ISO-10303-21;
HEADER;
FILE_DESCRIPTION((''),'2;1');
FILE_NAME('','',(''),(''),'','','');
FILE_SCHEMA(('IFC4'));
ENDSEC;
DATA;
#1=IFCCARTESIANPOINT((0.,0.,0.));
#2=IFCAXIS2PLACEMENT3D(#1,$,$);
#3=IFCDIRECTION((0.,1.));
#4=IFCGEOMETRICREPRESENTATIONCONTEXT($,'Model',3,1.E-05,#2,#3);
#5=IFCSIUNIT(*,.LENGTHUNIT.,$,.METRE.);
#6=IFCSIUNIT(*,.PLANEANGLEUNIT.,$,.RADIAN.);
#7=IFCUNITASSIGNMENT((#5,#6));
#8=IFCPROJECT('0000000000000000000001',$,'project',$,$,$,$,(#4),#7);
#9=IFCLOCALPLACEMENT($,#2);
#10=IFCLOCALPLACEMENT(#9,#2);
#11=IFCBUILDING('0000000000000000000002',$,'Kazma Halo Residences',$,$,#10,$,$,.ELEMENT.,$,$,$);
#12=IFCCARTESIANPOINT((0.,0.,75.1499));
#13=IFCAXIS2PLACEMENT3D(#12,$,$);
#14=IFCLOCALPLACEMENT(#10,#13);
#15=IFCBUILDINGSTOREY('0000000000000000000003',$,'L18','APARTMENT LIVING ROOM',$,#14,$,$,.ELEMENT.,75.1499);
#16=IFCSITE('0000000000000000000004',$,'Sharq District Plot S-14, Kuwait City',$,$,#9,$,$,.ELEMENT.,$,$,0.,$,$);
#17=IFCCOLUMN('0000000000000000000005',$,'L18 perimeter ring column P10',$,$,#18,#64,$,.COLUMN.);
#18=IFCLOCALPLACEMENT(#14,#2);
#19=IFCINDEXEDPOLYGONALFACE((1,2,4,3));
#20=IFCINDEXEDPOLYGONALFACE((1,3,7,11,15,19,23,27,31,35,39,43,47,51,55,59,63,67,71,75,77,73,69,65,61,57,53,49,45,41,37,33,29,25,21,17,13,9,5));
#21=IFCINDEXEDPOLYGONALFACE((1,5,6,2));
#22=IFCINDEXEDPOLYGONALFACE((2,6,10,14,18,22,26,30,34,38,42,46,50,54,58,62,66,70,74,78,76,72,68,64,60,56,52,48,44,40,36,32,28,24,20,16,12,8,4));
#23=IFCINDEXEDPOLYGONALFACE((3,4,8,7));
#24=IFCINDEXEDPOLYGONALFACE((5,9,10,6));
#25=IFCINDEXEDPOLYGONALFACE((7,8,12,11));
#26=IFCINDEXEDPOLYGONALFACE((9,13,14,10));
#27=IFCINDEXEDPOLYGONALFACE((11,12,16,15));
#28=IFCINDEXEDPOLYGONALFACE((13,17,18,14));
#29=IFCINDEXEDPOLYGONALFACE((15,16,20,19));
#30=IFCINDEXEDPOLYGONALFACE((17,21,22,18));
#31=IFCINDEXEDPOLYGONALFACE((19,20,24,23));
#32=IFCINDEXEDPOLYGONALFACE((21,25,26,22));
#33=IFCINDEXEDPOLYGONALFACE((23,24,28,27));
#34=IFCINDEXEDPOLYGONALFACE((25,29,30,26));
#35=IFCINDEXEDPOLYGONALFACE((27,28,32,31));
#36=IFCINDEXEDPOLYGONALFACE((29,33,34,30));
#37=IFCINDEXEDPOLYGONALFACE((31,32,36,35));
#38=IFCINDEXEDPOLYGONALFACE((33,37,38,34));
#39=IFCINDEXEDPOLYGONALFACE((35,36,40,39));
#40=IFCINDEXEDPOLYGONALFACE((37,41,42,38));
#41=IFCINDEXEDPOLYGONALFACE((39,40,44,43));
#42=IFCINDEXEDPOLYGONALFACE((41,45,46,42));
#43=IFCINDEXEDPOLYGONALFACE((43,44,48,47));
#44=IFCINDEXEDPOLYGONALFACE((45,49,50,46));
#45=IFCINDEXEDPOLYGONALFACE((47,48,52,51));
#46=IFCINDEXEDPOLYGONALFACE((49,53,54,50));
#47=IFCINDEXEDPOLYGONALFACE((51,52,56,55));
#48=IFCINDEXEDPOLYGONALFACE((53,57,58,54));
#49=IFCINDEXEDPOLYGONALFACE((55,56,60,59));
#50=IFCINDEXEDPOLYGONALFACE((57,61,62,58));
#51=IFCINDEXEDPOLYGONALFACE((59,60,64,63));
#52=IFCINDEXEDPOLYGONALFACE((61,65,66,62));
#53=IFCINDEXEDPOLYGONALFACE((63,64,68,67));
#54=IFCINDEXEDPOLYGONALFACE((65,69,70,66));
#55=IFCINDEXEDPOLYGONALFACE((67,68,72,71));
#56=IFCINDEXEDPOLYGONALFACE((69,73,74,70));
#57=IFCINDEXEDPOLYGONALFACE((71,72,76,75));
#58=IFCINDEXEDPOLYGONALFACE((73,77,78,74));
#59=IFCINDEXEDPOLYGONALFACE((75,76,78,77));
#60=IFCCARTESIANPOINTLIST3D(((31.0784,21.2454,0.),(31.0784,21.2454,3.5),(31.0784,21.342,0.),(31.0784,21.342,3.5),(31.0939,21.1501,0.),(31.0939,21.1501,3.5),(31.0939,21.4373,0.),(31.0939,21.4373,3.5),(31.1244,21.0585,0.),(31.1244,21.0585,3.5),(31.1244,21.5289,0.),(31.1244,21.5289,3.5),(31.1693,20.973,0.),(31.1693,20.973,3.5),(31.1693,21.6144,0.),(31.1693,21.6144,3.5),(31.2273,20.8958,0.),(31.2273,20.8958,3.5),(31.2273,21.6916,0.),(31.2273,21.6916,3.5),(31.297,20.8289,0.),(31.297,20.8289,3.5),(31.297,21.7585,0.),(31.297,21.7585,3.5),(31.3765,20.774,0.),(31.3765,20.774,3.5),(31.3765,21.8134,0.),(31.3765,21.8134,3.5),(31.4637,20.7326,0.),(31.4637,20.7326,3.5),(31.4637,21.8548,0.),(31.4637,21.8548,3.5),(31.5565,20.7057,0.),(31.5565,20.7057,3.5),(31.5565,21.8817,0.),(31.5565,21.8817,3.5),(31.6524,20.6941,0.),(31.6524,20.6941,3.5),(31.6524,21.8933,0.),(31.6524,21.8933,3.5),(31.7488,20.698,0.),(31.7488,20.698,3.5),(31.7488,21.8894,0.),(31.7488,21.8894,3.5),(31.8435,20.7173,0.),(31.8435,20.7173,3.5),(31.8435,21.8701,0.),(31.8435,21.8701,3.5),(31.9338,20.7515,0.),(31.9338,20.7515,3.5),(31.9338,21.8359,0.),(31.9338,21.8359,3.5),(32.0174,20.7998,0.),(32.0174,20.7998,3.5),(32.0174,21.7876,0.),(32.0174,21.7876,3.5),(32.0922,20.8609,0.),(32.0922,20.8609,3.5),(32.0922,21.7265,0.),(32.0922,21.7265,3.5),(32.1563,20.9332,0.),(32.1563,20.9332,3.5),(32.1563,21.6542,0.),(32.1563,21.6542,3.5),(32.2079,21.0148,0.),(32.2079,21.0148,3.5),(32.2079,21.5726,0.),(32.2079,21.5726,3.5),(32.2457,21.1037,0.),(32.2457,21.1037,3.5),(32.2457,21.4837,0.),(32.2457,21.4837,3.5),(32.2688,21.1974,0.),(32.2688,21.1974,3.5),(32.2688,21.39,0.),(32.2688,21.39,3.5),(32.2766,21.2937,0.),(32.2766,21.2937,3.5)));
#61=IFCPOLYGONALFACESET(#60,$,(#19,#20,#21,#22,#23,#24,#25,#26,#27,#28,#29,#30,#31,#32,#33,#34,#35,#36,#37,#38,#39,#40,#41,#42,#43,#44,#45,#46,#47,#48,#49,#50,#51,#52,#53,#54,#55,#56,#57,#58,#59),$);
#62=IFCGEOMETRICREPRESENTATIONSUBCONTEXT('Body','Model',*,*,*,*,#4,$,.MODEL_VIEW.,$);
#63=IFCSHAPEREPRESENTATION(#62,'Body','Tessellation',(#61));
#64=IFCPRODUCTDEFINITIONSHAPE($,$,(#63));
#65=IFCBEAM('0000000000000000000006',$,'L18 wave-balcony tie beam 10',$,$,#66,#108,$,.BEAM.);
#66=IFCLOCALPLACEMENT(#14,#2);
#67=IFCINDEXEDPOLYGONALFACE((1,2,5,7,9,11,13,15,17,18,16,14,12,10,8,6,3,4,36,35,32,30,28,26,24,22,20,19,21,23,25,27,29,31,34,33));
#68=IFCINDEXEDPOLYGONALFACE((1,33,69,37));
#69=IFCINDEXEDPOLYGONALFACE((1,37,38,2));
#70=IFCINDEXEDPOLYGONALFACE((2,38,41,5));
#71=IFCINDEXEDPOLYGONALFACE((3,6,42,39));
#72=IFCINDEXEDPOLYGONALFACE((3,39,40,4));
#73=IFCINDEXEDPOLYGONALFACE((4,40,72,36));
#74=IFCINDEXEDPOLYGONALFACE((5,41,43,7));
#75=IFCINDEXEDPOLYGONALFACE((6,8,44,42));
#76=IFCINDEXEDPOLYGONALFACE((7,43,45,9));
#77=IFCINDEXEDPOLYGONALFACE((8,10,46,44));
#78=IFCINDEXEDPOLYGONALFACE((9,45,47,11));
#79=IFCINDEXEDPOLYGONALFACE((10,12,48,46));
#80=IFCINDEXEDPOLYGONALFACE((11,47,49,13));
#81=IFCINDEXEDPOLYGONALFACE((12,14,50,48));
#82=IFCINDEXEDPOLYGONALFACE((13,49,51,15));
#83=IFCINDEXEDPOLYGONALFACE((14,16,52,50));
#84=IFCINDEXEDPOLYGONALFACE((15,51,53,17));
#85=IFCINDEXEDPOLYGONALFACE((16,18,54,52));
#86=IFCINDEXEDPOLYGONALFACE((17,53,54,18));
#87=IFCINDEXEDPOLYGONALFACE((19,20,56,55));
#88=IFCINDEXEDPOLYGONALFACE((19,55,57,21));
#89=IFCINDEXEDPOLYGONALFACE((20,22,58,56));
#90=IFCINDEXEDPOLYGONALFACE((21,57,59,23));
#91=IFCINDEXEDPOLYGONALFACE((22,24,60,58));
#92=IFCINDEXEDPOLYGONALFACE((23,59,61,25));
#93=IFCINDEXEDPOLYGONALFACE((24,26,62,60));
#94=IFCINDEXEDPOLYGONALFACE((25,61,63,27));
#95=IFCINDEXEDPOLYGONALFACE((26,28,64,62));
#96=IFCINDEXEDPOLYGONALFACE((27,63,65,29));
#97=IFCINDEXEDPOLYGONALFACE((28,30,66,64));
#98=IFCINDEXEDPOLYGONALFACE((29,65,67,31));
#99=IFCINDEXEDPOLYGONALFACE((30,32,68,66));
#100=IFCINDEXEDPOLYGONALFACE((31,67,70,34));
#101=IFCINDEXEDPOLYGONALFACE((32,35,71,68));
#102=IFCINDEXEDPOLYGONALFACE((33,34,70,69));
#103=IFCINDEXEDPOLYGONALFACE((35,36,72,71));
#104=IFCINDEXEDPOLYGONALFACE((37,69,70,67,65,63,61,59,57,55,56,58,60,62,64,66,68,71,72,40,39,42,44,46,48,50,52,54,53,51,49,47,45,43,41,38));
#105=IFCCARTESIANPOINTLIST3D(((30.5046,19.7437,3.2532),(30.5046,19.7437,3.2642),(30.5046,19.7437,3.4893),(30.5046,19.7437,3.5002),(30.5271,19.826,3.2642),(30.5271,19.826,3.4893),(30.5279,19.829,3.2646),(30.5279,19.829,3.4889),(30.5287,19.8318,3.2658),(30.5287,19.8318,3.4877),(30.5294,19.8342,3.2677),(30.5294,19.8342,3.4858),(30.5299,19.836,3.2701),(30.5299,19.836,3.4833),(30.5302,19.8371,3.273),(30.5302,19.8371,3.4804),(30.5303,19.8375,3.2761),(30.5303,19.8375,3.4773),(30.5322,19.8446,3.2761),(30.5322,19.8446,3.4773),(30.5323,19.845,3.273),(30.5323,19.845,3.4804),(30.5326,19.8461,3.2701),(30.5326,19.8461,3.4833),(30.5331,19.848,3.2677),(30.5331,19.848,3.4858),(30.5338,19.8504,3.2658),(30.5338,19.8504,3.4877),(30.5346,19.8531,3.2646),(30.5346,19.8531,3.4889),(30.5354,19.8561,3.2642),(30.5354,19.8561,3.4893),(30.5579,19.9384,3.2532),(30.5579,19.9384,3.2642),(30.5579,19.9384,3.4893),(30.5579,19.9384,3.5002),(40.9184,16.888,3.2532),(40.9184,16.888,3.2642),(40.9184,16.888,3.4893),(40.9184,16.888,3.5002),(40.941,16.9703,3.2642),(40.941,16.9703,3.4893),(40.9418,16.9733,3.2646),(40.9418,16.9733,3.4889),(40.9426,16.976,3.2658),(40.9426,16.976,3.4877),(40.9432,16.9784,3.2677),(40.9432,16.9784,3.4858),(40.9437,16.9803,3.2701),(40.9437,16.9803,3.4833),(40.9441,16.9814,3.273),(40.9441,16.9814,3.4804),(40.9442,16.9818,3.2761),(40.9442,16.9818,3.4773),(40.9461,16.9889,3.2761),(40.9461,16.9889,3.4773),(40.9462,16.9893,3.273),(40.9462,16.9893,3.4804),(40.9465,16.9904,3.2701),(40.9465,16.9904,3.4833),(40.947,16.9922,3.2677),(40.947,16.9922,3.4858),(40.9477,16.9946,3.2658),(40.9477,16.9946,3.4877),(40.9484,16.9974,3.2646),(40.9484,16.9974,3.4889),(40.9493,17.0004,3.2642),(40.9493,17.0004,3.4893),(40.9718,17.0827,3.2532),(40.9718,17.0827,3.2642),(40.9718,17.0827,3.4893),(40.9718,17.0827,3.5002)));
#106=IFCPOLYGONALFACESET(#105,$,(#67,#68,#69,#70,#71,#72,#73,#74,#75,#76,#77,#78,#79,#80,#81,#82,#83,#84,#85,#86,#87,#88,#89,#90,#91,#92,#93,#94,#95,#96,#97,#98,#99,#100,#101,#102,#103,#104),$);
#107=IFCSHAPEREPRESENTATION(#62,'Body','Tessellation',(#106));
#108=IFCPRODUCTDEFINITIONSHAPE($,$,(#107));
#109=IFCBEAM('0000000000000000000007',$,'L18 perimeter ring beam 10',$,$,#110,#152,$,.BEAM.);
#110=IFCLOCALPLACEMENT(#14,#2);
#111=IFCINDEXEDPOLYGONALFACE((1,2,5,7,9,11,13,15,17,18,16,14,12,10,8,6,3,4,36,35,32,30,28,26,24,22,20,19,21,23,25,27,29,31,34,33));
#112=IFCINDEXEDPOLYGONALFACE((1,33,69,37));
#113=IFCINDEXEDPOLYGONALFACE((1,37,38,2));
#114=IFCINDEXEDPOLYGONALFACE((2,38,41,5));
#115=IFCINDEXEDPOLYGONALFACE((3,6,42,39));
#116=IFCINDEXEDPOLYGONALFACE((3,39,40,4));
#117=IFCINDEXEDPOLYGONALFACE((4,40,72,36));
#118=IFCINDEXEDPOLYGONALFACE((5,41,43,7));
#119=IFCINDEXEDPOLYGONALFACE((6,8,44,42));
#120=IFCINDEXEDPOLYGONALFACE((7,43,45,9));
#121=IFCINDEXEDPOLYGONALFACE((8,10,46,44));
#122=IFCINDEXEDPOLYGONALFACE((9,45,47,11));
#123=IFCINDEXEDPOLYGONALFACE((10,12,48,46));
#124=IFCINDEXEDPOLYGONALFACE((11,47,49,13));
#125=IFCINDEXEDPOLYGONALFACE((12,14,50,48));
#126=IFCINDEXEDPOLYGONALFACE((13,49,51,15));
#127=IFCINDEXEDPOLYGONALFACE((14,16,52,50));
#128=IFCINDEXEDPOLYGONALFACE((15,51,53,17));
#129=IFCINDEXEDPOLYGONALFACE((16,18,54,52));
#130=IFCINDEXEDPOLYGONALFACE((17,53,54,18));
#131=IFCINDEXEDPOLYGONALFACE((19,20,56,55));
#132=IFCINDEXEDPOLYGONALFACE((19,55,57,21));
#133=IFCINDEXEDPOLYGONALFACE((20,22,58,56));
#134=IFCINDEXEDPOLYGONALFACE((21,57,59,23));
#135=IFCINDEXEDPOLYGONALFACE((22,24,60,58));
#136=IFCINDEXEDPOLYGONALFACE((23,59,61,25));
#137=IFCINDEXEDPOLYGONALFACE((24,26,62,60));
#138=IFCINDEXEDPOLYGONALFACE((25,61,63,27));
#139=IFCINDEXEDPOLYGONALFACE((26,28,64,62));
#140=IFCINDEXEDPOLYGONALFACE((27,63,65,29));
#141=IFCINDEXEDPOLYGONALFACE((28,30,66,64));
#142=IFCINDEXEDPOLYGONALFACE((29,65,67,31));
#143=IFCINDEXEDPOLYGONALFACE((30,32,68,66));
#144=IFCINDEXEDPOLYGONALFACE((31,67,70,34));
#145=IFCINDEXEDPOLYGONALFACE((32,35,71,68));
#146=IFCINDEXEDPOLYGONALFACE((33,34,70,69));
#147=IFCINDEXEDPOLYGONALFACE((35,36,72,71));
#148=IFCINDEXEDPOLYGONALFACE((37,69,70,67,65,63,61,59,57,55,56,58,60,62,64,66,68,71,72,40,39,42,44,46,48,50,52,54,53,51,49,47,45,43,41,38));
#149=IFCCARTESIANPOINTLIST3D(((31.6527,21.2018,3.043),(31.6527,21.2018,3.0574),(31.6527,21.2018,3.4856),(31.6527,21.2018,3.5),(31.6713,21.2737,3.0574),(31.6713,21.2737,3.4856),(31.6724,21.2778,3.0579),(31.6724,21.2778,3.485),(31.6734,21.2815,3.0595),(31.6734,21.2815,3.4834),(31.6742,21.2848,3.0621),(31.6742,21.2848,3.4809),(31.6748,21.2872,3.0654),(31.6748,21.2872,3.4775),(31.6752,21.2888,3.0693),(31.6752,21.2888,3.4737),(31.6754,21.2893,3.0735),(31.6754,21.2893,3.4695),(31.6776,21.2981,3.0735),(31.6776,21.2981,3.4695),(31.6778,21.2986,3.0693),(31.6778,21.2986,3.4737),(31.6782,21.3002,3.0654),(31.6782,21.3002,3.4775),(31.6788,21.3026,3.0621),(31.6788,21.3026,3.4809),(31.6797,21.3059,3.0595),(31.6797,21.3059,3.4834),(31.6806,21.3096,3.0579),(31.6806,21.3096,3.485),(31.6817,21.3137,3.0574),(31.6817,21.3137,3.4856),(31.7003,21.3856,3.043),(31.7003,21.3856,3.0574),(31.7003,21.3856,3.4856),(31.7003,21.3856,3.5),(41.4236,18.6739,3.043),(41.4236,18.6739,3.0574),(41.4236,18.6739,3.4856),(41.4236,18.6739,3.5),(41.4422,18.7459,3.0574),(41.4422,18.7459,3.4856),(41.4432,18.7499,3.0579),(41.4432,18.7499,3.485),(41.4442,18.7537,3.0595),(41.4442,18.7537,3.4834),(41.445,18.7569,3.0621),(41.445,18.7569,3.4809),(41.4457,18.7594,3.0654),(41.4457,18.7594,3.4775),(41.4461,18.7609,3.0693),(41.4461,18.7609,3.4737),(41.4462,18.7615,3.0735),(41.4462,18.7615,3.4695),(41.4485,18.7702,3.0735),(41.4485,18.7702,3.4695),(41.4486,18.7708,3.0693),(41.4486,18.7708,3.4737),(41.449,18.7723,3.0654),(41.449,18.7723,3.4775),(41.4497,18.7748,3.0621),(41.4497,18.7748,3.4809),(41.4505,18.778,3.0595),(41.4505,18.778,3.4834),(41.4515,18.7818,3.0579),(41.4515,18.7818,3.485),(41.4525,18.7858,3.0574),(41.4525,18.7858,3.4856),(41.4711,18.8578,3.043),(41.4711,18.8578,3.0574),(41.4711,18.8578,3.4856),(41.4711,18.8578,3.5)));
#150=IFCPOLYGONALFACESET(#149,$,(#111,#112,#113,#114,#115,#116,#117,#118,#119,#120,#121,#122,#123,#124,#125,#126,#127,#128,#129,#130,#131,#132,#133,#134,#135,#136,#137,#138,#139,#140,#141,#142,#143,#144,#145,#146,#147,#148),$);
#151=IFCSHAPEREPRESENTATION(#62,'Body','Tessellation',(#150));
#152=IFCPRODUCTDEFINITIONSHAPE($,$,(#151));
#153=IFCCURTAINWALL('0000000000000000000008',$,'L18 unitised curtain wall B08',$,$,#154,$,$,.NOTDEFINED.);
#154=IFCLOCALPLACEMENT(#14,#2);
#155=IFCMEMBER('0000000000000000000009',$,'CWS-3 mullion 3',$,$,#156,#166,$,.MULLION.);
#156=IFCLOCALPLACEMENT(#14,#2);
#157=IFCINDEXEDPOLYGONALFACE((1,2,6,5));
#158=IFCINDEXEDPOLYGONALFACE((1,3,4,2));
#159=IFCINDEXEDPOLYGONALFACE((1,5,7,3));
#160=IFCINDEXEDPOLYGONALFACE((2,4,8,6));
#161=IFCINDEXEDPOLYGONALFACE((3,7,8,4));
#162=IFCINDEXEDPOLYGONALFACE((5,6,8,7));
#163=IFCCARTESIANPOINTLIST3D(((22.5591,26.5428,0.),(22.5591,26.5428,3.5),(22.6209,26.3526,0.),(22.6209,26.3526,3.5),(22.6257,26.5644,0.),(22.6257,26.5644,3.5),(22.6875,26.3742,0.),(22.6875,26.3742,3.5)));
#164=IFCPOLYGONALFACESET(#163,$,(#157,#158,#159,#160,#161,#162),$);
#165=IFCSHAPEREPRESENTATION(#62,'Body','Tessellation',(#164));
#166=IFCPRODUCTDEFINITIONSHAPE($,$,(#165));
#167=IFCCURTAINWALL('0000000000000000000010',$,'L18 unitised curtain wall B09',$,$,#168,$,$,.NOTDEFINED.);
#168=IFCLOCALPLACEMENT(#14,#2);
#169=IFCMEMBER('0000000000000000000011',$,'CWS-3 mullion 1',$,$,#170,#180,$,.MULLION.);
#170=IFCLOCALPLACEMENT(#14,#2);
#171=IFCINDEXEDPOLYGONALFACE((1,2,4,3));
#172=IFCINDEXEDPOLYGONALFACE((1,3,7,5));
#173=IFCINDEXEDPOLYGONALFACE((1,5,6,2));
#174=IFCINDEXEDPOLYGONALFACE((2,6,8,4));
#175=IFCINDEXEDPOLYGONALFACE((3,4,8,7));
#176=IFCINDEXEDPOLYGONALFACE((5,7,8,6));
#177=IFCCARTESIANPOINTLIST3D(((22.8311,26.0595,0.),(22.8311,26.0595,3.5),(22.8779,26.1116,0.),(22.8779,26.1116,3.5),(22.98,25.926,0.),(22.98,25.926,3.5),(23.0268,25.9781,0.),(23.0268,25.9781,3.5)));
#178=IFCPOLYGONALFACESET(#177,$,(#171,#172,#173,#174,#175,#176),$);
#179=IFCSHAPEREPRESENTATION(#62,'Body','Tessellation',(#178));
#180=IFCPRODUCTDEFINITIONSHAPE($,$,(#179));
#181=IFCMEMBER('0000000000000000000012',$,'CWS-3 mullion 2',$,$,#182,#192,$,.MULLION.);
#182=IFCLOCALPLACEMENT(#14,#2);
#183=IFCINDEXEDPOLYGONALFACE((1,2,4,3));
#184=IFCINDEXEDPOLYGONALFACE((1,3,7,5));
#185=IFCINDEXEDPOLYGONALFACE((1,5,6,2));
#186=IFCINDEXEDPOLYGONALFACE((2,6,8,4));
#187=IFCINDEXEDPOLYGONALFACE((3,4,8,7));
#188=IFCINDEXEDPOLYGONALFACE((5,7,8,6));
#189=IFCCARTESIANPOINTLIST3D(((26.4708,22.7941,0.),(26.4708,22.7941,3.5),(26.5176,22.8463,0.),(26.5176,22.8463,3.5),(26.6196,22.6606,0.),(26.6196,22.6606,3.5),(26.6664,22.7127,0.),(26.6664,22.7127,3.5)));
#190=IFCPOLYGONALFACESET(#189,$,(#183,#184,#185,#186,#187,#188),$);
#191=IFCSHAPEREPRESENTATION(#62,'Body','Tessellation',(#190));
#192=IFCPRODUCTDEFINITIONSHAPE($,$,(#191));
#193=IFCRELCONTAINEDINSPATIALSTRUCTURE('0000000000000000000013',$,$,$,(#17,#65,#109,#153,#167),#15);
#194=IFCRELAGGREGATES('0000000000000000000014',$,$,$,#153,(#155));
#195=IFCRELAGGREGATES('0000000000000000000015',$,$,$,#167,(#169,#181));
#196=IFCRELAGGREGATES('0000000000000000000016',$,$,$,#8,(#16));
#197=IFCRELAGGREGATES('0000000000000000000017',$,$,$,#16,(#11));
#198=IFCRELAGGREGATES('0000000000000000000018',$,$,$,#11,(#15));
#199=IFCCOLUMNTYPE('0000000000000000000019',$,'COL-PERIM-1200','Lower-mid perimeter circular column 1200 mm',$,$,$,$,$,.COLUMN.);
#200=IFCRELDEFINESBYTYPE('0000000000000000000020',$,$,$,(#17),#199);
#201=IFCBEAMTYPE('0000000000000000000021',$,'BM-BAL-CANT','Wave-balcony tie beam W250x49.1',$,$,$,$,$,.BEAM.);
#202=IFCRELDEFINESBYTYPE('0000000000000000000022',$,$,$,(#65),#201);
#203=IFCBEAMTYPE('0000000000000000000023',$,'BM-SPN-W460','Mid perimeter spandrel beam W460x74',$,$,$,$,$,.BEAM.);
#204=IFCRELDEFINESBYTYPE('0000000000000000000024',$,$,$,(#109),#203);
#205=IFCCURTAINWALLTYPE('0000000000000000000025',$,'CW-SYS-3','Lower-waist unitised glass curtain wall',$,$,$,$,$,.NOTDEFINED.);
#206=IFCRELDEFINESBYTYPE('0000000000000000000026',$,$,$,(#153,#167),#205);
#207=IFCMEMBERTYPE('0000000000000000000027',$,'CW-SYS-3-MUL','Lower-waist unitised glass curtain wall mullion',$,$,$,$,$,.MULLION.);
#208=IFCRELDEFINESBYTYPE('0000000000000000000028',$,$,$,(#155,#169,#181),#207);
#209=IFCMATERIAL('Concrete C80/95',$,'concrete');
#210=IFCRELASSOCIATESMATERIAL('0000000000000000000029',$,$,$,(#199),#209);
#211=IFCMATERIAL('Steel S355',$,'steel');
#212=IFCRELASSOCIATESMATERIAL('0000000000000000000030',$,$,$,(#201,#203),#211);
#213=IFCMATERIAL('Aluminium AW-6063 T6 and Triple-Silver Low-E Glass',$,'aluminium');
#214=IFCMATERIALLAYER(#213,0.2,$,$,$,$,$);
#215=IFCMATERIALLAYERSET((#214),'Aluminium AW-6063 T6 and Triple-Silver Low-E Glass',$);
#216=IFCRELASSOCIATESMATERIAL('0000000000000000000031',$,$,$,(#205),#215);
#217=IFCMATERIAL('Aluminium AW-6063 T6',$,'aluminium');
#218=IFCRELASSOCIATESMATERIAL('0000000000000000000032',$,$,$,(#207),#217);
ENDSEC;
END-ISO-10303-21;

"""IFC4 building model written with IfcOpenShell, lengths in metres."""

from ifc_helpers import new_model, si_unit, direction, frame, origin, origin_2d, place, context, subcontext, project, spatial, rectangle, circle, i_section, extrude, material, layer, layer_set, material_profile, profile_set, type_object, element, aggregate, save


model = new_model("IFC4")

# Units and contexts
model_context = context("Model", 3, precision=1e-05, world=origin(), true_north=direction((0.0, 1.0)))
body_context = subcontext(model_context, "Body", "Model", "MODEL_VIEW")
ifc_project = project(units=[si_unit("LENGTHUNIT", "METRE"), si_unit("PLANEANGLEUNIT", "RADIAN")], contexts=[model_context])

# Site, building, storey
site_placement = place(None, origin())
site = spatial("IfcSite", under=ifc_project, at=site_placement, Name="Sharq District Plot S-14, Kuwait City", CompositionType="ELEMENT", RefElevation=0.0)
building_placement = place(site_placement, origin())
building = spatial("IfcBuilding", under=site, at=building_placement, Name="Kazma Halo Residences", CompositionType="ELEMENT")
storey_placement = place(building_placement, frame((0.0, 0.0, 75.1499)))
storey = spatial("IfcBuildingStorey", under=building, at=storey_placement, Name="L18", Description="APARTMENT LIVING ROOM", CompositionType="ELEMENT", Elevation=75.1499)

# Column
ifc_material_1 = material(Name="Concrete C80/95", Category="concrete")
ifc_material_profile_1 = material_profile(ifc_material_1, circle(Radius=0.6001, at=origin_2d()), Name="CIRC1200")
ifc_profile_set_1 = profile_set([ifc_material_profile_1], Name="Concrete C80/95")
column_type = type_object("IfcColumnType", Name="COL-PERIM-1200", Description="Lower-mid perimeter circular column 1200 mm", PredefinedType="COLUMN", material=ifc_profile_set_1)
column_placement = place(storey_placement, frame((31.6765, 21.2937, 0.0), z_axis=(0.0, 0.0, 1.0), x_axis=(1.0, 0.0, 0.0)))
element("IfcColumn", 1, at=column_placement, inside=storey, type_object=column_type, Name="L18 perimeter ring column P10", PredefinedType="COLUMN", context=body_context, shape_type="SweptSolid", body=[
    extrude(circle(Radius=0.6001, at=origin_2d()), origin(), (0.0, 0.0, 1.0), 3.5),
])

# Beams
ifc_material_2 = material(Name="Steel S355", Category="steel")
ifc_material_profile_2 = material_profile(ifc_material_2, i_section(OverallWidth=0.2019, OverallDepth=0.2471, WebThickness=0.0073, FlangeThickness=0.011, FilletRadius=0.012, at=origin_2d()), Name="W250x49.1")
ifc_profile_set_2 = profile_set([ifc_material_profile_2], Name="Steel S355")
beam_type_1 = type_object("IfcBeamType", Name="BM-BAL-CANT", Description="Wave-balcony tie beam W250x49.1", PredefinedType="BEAM", material=ifc_profile_set_2)
beam_1_placement = place(storey_placement, frame((30.5312, 19.8411, 3.3767), z_axis=(0.964397, -0.26446, 0.0), x_axis=(0.26446, 0.964397, 0.0)))
element("IfcBeam", 2, at=beam_1_placement, inside=storey, type_object=beam_type_1, Name="L18 wave-balcony tie beam 10", PredefinedType="BEAM", context=body_context, shape_type="SweptSolid", body=[
    extrude(i_section(OverallWidth=0.2019, OverallDepth=0.2471, WebThickness=0.0073, FlangeThickness=0.011, FilletRadius=0.012, at=origin_2d()), origin(), (0.0, 0.0, 1.0), 10.7983),
])
ifc_material_profile_3 = material_profile(ifc_material_2, i_section(OverallWidth=0.1899, OverallDepth=0.457, WebThickness=0.009, FlangeThickness=0.0144, FilletRadius=0.0161, at=origin_2d()), Name="W460x74")
ifc_profile_set_3 = profile_set([ifc_material_profile_3], Name="Steel S355")
beam_type_2 = type_object("IfcBeamType", Name="BM-SPN-W460", Description="Mid perimeter spandrel beam W460x74", PredefinedType="BEAM", material=ifc_profile_set_3)
beam_2_placement = place(storey_placement, frame((31.6765, 21.2937, 3.2715), z_axis=(0.968125, -0.250468, 0.0), x_axis=(0.250468, 0.968125, 0.0)))
element("IfcBeam", 3, at=beam_2_placement, inside=storey, type_object=beam_type_2, Name="L18 perimeter ring beam 10", PredefinedType="BEAM", context=body_context, shape_type="SweptSolid", body=[
    extrude(i_section(OverallWidth=0.1899, OverallDepth=0.457, WebThickness=0.009, FlangeThickness=0.0144, FilletRadius=0.0161, at=origin_2d()), origin(), (0.0, 0.0, 1.0), 10.0925),
])

# Curtain wall, member
ifc_material_3 = material(Name="Aluminium AW-6063 T6 and Triple-Silver Low-E Glass", Category="aluminium")
ifc_layer_1 = layer(ifc_material_3, 0.2)
ifc_layer_set_1 = layer_set([ifc_layer_1], Name="Aluminium AW-6063 T6 and Triple-Silver Low-E Glass")
curtain_wall_type = type_object("IfcCurtainWallType", Name="CW-SYS-3", Description="Lower-waist unitised glass curtain wall", PredefinedType="NOTDEFINED", material=ifc_layer_set_1)
curtain_wall_1_placement = place(storey_placement, origin())
curtain_wall_1 = element("IfcCurtainWall", 4, at=curtain_wall_1_placement, inside=storey, type_object=curtain_wall_type, Name="L18 unitised curtain wall B08", PredefinedType="NOTDEFINED")
ifc_material_4 = material(Name="Aluminium AW-6063 T6", Category="aluminium")
ifc_material_profile_4 = material_profile(ifc_material_4, rectangle(XDim=0.0701, YDim=0.2, at=origin_2d()), Name="CWM-70x200")
ifc_profile_set_4 = profile_set([ifc_material_profile_4], Name="Aluminium AW-6063 T6")
member_type_1 = type_object("IfcMemberType", Name="CW-SYS-3-MUL", Description="Lower-waist unitised glass curtain wall mullion", PredefinedType="MULLION", material=ifc_profile_set_4)
member_1_placement = place(storey_placement, frame((22.6233, 26.4585, 0.0), z_axis=(0.0, 0.0, 1.0), x_axis=(0.951058, 0.309013, 0.0)))
member_1 = element("IfcMember", 5, at=member_1_placement, type_object=member_type_1, Name="CWS-3 mullion 3", PredefinedType="MULLION", context=body_context, shape_type="SweptSolid", body=[
    extrude(rectangle(XDim=0.0701, YDim=0.2, at=origin_2d()), origin(), (0.0, 0.0, 1.0), 3.5),
])
aggregate(curtain_wall_1, [member_1])

# Curtain wall, members
curtain_wall_2_placement = place(storey_placement, origin())
curtain_wall_2 = element("IfcCurtainWall", 6, at=curtain_wall_2_placement, inside=storey, type_object=curtain_wall_type, Name="L18 unitised curtain wall B09", PredefinedType="NOTDEFINED")
member_2_placement = place(storey_placement, frame((22.929, 26.0188, 0.0), z_axis=(0.0, 0.0, 1.0), x_axis=(0.667795, 0.744345, 0.0)))
member_2 = element("IfcMember", 7, at=member_2_placement, type_object=member_type_1, Name="CWS-3 mullion 1", PredefinedType="MULLION", context=body_context, shape_type="SweptSolid", body=[
    extrude(rectangle(XDim=0.0701, YDim=0.2, at=origin_2d()), origin(), (0.0, 0.0, 1.0), 3.5),
])
member_3_placement = place(storey_placement, frame((26.5686, 22.7534, 0.0), z_axis=(0.0, 0.0, 1.0), x_axis=(0.667795, 0.744345, 0.0)))
member_3 = element("IfcMember", 8, at=member_3_placement, type_object=member_type_1, Name="CWS-3 mullion 2", PredefinedType="MULLION", context=body_context, shape_type="SweptSolid", body=[
    extrude(rectangle(XDim=0.0701, YDim=0.2, at=origin_2d()), origin(), (0.0, 0.0, 1.0), 3.5),
])

aggregate(curtain_wall_2, [member_2, member_3])

save(model, "model.ifc")
